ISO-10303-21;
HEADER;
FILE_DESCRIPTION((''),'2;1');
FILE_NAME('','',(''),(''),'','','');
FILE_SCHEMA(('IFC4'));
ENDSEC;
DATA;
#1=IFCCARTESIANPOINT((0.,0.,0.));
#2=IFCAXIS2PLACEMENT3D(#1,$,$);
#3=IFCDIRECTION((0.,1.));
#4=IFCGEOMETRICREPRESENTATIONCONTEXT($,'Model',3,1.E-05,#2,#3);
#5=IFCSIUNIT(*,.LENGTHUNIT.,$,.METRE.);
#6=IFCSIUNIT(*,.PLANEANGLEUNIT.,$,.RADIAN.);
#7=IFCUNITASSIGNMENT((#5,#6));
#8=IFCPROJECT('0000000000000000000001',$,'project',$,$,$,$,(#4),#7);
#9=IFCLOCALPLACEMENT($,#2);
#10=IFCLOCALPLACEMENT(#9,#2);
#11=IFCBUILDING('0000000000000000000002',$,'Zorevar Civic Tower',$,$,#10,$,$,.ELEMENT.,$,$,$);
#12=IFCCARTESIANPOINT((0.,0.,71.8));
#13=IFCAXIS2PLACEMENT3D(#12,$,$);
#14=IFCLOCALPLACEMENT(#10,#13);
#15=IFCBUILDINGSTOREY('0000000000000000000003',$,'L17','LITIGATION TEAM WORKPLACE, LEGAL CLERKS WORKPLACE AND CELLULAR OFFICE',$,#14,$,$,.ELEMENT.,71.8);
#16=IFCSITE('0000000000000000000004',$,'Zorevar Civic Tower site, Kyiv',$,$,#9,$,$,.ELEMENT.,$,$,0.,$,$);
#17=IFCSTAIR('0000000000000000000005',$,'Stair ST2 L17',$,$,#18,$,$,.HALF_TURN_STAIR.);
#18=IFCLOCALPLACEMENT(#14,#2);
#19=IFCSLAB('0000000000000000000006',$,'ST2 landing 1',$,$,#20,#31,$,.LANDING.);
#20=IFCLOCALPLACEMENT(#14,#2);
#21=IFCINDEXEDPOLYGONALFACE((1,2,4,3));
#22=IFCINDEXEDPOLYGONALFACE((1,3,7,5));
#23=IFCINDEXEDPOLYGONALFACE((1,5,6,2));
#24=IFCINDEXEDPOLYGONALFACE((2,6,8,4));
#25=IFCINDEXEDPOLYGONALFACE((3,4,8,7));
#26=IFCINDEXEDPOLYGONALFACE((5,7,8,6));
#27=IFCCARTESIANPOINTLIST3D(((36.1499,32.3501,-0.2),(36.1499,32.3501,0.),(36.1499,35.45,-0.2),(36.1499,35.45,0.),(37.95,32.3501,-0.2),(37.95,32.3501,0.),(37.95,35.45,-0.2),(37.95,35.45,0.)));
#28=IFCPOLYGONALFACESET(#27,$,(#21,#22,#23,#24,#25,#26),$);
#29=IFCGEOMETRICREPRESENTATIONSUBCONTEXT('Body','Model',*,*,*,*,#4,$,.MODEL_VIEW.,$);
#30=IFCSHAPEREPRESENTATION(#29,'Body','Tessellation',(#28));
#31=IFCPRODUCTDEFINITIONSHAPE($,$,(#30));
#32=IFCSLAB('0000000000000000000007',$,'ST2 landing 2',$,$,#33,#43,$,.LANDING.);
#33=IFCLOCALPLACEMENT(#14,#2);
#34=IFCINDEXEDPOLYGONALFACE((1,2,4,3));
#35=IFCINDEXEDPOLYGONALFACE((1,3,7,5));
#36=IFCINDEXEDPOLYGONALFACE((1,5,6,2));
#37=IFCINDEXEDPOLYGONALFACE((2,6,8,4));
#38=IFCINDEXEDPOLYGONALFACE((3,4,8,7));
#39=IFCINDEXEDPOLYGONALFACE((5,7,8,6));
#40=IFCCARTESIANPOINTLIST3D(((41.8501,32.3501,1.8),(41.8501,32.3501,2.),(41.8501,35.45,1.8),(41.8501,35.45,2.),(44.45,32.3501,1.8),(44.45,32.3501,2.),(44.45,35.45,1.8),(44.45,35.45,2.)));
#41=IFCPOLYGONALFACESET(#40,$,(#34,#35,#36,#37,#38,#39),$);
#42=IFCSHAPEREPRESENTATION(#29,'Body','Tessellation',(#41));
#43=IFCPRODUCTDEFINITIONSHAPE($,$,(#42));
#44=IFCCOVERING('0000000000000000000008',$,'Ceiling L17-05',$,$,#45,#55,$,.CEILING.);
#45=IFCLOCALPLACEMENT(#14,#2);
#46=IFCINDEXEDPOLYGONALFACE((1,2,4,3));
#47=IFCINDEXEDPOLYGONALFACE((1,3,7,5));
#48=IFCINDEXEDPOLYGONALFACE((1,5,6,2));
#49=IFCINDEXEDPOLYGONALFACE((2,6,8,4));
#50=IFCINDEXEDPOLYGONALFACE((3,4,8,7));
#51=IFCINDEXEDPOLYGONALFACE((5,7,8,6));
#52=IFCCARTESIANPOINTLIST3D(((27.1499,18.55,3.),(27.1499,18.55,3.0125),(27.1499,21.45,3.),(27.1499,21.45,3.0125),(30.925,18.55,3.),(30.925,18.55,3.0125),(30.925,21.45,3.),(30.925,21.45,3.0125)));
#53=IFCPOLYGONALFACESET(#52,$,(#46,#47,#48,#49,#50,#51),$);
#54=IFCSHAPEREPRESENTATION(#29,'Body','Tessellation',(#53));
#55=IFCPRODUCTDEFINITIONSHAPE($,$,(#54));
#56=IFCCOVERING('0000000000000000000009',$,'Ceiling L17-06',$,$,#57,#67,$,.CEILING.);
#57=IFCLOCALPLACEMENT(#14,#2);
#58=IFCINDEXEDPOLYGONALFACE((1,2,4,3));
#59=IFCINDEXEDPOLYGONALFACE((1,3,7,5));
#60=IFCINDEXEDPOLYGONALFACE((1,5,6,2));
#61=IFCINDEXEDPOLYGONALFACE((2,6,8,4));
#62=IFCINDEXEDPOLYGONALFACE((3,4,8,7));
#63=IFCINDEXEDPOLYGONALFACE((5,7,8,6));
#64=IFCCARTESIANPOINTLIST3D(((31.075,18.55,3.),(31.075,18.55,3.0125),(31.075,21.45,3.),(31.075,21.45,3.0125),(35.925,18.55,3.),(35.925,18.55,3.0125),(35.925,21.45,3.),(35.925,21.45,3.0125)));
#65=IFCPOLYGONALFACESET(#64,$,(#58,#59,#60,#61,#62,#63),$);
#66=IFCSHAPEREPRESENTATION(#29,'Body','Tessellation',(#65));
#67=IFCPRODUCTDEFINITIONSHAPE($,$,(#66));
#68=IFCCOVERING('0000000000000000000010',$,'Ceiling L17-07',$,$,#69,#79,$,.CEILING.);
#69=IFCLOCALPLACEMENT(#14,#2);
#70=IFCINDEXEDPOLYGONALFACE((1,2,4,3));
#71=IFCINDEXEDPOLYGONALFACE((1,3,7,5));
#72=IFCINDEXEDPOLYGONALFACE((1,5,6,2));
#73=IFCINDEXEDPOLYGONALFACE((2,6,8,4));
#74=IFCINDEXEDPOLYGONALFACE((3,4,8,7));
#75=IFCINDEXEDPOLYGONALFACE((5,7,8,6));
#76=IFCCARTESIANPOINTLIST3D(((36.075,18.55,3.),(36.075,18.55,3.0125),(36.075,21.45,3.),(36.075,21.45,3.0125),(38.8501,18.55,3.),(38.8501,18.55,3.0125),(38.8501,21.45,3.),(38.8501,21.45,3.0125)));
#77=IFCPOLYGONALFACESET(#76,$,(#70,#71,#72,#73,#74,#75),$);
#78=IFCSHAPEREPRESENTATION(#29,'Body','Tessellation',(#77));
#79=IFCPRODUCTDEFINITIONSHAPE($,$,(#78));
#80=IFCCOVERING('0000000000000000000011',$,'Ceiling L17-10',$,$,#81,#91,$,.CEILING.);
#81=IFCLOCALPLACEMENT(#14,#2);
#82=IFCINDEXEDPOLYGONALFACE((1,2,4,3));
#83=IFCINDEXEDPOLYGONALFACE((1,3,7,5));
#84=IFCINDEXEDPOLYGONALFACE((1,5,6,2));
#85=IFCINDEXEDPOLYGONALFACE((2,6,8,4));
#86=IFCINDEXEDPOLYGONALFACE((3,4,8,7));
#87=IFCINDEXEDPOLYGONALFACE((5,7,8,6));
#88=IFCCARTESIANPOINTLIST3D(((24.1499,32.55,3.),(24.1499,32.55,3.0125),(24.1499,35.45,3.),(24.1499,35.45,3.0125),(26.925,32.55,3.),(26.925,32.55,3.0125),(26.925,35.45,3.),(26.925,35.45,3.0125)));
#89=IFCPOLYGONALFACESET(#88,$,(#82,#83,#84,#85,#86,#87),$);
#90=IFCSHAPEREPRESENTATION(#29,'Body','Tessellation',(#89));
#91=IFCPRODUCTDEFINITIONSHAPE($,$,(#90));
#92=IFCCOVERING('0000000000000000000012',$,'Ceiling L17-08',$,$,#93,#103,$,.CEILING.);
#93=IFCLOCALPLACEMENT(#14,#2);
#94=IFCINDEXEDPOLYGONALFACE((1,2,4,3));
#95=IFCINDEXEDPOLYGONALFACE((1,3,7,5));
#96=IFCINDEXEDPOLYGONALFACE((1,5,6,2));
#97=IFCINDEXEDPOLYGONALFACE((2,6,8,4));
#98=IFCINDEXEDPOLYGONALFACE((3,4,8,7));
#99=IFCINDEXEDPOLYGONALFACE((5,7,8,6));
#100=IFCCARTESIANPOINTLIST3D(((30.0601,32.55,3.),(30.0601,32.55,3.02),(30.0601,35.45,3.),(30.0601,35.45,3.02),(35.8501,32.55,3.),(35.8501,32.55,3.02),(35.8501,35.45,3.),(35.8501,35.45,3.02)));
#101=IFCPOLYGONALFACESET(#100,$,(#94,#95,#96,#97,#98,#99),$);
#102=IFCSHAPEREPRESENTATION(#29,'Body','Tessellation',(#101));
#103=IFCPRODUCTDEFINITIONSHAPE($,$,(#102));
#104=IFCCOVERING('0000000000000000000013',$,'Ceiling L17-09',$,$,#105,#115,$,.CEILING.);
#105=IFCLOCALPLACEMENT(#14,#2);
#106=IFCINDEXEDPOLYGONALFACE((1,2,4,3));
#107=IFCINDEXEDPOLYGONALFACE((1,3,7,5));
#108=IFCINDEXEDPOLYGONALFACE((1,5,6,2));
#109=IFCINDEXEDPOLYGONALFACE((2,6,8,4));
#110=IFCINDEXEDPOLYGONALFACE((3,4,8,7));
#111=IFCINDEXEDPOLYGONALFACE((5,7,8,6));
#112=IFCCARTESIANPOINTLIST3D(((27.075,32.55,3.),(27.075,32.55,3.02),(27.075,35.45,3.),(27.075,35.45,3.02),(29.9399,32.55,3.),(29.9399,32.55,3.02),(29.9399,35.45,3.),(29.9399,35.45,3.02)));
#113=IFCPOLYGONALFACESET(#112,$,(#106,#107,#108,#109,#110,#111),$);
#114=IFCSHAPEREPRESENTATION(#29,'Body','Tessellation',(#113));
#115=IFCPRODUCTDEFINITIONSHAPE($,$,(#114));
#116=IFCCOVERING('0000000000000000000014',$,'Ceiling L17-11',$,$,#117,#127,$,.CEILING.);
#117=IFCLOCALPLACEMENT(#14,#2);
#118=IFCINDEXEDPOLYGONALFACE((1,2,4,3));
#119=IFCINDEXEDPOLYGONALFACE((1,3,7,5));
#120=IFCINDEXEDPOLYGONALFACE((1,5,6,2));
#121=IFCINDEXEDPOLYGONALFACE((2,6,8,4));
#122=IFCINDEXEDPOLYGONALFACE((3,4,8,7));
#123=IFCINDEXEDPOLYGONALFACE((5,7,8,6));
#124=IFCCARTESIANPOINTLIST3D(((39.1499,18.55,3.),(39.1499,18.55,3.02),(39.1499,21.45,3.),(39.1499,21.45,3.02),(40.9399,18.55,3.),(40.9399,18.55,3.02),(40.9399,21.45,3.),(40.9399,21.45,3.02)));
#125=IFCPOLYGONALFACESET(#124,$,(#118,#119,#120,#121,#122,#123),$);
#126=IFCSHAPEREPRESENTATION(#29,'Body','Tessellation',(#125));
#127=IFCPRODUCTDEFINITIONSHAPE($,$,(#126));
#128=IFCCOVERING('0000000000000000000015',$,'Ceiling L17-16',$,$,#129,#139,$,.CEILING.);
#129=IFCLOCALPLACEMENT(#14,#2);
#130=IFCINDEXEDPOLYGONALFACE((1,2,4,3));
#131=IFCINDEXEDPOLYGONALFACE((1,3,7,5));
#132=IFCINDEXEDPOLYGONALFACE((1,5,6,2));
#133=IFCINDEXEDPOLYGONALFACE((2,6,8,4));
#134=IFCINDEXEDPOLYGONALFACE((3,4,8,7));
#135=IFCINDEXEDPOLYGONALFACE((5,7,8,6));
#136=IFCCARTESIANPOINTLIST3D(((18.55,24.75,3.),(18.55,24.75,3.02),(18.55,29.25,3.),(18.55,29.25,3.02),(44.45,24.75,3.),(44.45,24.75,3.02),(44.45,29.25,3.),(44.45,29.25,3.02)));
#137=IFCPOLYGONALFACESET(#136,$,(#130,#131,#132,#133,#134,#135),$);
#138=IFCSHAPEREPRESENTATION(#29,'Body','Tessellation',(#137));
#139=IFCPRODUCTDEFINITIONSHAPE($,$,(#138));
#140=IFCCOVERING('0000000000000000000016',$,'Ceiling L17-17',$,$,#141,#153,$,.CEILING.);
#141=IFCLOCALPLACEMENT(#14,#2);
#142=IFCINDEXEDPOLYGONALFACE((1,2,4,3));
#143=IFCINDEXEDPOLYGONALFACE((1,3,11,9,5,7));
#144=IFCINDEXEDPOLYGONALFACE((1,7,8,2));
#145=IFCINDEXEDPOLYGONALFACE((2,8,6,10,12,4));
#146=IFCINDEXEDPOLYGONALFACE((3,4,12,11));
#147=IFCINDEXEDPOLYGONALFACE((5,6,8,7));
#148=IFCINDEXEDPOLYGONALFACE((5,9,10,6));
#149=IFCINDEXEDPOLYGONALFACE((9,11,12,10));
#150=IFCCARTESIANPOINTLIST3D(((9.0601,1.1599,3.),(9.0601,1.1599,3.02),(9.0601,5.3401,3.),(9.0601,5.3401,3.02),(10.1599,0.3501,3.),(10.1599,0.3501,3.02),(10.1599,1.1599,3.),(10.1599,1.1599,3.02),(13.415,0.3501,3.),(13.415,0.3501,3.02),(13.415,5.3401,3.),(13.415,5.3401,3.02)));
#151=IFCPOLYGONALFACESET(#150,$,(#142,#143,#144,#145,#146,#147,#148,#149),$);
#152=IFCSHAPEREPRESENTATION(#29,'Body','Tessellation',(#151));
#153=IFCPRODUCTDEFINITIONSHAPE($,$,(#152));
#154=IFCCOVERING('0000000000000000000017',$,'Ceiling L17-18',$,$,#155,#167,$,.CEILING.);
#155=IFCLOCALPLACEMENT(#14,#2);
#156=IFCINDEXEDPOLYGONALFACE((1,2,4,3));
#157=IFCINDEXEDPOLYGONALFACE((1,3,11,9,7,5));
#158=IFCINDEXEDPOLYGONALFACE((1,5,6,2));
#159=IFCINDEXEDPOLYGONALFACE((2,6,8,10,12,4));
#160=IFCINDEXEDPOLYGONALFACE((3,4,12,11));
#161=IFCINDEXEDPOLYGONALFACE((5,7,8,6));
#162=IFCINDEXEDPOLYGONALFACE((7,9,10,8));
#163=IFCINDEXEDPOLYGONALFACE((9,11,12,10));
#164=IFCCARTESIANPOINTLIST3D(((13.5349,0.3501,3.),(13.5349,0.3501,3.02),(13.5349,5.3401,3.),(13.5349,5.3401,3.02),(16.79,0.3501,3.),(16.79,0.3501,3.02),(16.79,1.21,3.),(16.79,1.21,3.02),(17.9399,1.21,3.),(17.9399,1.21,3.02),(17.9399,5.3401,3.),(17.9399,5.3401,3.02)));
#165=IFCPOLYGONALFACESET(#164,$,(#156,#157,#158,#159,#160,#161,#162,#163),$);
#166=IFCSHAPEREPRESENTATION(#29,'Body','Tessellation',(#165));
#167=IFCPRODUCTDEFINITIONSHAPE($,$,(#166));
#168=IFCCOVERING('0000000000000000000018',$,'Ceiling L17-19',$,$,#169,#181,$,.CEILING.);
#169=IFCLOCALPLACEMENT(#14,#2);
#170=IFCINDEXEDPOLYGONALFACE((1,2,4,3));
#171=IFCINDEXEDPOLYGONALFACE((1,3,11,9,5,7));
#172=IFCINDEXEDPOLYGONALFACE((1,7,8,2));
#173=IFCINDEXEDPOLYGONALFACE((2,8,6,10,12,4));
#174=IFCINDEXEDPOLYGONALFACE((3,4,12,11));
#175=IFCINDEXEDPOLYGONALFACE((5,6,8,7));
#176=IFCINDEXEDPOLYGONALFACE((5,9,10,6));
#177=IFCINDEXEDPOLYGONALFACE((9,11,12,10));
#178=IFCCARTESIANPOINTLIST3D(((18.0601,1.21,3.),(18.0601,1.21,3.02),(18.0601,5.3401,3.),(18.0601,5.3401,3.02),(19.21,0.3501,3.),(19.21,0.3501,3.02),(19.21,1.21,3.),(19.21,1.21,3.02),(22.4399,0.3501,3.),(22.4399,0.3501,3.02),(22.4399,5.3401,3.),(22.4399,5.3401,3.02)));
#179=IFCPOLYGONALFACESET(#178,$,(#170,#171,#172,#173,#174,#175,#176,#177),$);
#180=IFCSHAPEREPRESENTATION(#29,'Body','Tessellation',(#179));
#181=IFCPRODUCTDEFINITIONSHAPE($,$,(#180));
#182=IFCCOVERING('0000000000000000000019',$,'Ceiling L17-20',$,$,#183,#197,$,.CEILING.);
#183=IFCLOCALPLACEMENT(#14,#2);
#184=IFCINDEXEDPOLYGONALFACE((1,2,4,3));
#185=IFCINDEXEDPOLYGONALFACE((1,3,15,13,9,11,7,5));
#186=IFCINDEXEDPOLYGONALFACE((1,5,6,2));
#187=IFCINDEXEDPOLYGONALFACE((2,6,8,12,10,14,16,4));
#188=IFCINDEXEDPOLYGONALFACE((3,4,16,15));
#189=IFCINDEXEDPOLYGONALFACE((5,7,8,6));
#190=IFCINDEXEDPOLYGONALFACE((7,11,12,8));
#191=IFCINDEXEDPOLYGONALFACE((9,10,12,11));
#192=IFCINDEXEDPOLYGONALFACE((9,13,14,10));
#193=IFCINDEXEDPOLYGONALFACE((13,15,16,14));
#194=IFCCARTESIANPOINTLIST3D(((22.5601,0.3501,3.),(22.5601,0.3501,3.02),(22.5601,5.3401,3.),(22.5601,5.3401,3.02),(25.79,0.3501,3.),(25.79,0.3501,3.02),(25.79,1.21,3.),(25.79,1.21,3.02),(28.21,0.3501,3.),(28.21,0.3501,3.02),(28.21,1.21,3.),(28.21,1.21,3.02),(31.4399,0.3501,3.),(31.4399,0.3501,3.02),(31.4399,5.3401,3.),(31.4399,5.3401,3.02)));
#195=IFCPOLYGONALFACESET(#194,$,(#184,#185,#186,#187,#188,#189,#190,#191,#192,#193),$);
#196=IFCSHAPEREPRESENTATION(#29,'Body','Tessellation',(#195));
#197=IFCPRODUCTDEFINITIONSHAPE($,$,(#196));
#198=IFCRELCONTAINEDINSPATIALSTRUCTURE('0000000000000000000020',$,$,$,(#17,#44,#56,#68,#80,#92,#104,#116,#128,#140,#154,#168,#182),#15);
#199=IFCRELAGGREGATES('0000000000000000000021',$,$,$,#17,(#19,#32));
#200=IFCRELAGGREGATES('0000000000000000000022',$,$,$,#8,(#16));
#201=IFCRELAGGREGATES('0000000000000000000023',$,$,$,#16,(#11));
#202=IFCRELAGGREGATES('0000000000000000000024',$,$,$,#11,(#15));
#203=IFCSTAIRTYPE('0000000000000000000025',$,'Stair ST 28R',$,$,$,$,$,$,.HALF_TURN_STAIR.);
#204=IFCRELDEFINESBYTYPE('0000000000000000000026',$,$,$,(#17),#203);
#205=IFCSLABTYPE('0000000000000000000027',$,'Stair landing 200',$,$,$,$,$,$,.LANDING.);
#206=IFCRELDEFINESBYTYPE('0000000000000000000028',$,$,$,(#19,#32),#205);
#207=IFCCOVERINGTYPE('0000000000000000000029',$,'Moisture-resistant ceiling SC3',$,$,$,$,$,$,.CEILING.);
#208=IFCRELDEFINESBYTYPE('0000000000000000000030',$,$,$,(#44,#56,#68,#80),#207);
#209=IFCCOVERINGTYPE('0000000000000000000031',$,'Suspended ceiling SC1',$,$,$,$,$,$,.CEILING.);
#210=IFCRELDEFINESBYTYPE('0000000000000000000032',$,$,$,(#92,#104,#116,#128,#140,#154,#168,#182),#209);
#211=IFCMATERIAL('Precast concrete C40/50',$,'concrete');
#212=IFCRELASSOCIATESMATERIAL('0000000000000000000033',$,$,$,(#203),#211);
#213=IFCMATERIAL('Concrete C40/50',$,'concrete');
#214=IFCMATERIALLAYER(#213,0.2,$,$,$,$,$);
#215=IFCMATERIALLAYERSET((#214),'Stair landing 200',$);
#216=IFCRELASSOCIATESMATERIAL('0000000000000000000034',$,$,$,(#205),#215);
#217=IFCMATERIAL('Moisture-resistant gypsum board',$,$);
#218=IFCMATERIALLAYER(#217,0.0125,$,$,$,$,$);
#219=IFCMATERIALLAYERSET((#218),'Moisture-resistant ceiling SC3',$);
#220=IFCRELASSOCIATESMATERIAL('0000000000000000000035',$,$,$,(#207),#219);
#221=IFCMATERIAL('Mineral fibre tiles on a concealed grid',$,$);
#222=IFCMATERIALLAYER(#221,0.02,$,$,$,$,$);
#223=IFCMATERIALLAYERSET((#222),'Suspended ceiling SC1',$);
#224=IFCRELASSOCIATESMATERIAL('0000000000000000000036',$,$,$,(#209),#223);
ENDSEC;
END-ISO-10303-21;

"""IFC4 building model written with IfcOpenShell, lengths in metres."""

from ifc_helpers import new_model, si_unit, direction, frame, origin, place, context, subcontext, project, spatial, polyline, outline, extrude, material, layer, layer_set, type_object, element, aggregate, save


model = new_model("IFC4")

# Units and contexts
model_context = context("Model", 3, precision=1e-05, world=origin(), true_north=direction((0.0, 1.0)))
body_context = subcontext(model_context, "Body", "Model", "MODEL_VIEW")
ifc_project = project(units=[si_unit("LENGTHUNIT", "METRE"), si_unit("PLANEANGLEUNIT", "RADIAN")], contexts=[model_context])

# Site, building, storey
site_placement = place(None, origin())
site = spatial("IfcSite", under=ifc_project, at=site_placement, Name="Zorevar Civic Tower site, Kyiv", CompositionType="ELEMENT", RefElevation=0.0)
building_placement = place(site_placement, origin())
building = spatial("IfcBuilding", under=site, at=building_placement, Name="Zorevar Civic Tower", CompositionType="ELEMENT")
storey_placement = place(building_placement, frame((0.0, 0.0, 71.8)))
storey = spatial("IfcBuildingStorey", under=building, at=storey_placement, Name="L17", Description="LITIGATION TEAM WORKPLACE, LEGAL CLERKS WORKPLACE AND CELLULAR OFFICE", CompositionType="ELEMENT", Elevation=71.8)

# Stair, slabs
ifc_material_1 = material(Name="Precast concrete C40/50", Category="concrete")
stair_type = type_object("IfcStairType", Name="Stair ST 28R", PredefinedType="HALF_TURN_STAIR", material=ifc_material_1)
ifc_material_2 = material(Name="Concrete C40/50", Category="concrete")
ifc_layer_1 = layer(ifc_material_2, 0.2)
ifc_layer_set_1 = layer_set([ifc_layer_1], Name="Stair landing 200")
slab_type_1 = type_object("IfcSlabType", Name="Stair landing 200", PredefinedType="LANDING", material=ifc_layer_set_1)
stair_1_placement = place(storey_placement, origin())
stair_1 = element("IfcStair", 1, at=stair_1_placement, inside=storey, type_object=stair_type, Name="Stair ST2 L17", PredefinedType="HALF_TURN_STAIR")
slab_1_placement = place(storey_placement, frame((0.0, 0.0, -0.2)))
slab_1 = element("IfcSlab", 2, at=slab_1_placement, type_object=slab_type_1, Name="ST2 landing 1", PredefinedType="LANDING", context=body_context, shape_type="SweptSolid", body=[
    extrude(outline(polyline([(37.95, 32.3501), (36.1499, 32.3501), (36.1499, 35.45), (37.95, 35.45), (37.95, 32.3501)])), origin(), (0.0, 0.0, 1.0), 0.2),
])
slab_2_placement = place(storey_placement, frame((0.0, 0.0, 1.8)))
slab_2 = element("IfcSlab", 3, at=slab_2_placement, type_object=slab_type_1, Name="ST2 landing 2", PredefinedType="LANDING", context=body_context, shape_type="SweptSolid", body=[
    extrude(outline(polyline([(44.45, 32.3501), (41.8501, 32.3501), (41.8501, 35.45), (44.45, 35.45), (44.45, 32.3501)])), origin(), (0.0, 0.0, 1.0), 0.2),
])
aggregate(stair_1, [slab_1, slab_2])

# Coverings
ifc_material_3 = material(Name="Moisture-resistant gypsum board")
ifc_layer_2 = layer(ifc_material_3, 0.0125)
ifc_layer_set_2 = layer_set([ifc_layer_2], Name="Moisture-resistant ceiling SC3")
covering_type_1 = type_object("IfcCoveringType", Name="Moisture-resistant ceiling SC3", PredefinedType="CEILING", material=ifc_layer_set_2)
covering_1_placement = place(storey_placement, frame((0.0, 0.0, 3.0)))
element("IfcCovering", 4, at=covering_1_placement, inside=storey, type_object=covering_type_1, Name="Ceiling L17-05", PredefinedType="CEILING", context=body_context, shape_type="SweptSolid", body=[
    extrude(outline(polyline([(30.925, 18.55), (30.925, 21.45), (27.1499, 21.45), (27.1499, 18.55), (30.925, 18.55)])), origin(), (0.0, 0.0, 1.0), 0.0125),
])
covering_2_placement = place(storey_placement, frame((0.0, 0.0, 3.0)))
element("IfcCovering", 5, at=covering_2_placement, inside=storey, type_object=covering_type_1, Name="Ceiling L17-06", PredefinedType="CEILING", context=body_context, shape_type="SweptSolid", body=[
    extrude(outline(polyline([(35.925, 18.55), (35.925, 21.45), (31.075, 21.45), (31.075, 18.55), (35.925, 18.55)])), origin(), (0.0, 0.0, 1.0), 0.0125),
])
covering_3_placement = place(storey_placement, frame((0.0, 0.0, 3.0)))
element("IfcCovering", 6, at=covering_3_placement, inside=storey, type_object=covering_type_1, Name="Ceiling L17-07", PredefinedType="CEILING", context=body_context, shape_type="SweptSolid", body=[
    extrude(outline(polyline([(38.8501, 18.55), (38.8501, 21.45), (36.075, 21.45), (36.075, 18.55), (38.8501, 18.55)])), origin(), (0.0, 0.0, 1.0), 0.0125),
])
covering_4_placement = place(storey_placement, frame((0.0, 0.0, 3.0)))
element("IfcCovering", 7, at=covering_4_placement, inside=storey, type_object=covering_type_1, Name="Ceiling L17-10", PredefinedType="CEILING", context=body_context, shape_type="SweptSolid", body=[
    extrude(outline(polyline([(26.925, 32.55), (26.925, 35.45), (24.1499, 35.45), (24.1499, 32.55), (26.925, 32.55)])), origin(), (0.0, 0.0, 1.0), 0.0125),
])
ifc_material_4 = material(Name="Mineral fibre tiles on a concealed grid")
ifc_layer_3 = layer(ifc_material_4, 0.02)
ifc_layer_set_3 = layer_set([ifc_layer_3], Name="Suspended ceiling SC1")
covering_type_2 = type_object("IfcCoveringType", Name="Suspended ceiling SC1", PredefinedType="CEILING", material=ifc_layer_set_3)
covering_5_placement = place(storey_placement, frame((0.0, 0.0, 3.0)))
element("IfcCovering", 8, at=covering_5_placement, inside=storey, type_object=covering_type_2, Name="Ceiling L17-08", PredefinedType="CEILING", context=body_context, shape_type="SweptSolid", body=[
    extrude(outline(polyline([(35.8501, 32.55), (35.8501, 35.45), (30.0601, 35.45), (30.0601, 32.55), (35.8501, 32.55)])), origin(), (0.0, 0.0, 1.0), 0.02),
])
covering_6_placement = place(storey_placement, frame((0.0, 0.0, 3.0)))
element("IfcCovering", 9, at=covering_6_placement, inside=storey, type_object=covering_type_2, Name="Ceiling L17-09", PredefinedType="CEILING", context=body_context, shape_type="SweptSolid", body=[
    extrude(outline(polyline([(29.9399, 32.55), (29.9399, 35.45), (27.075, 35.45), (27.075, 32.55), (29.9399, 32.55)])), origin(), (0.0, 0.0, 1.0), 0.02),
])
covering_7_placement = place(storey_placement, frame((0.0, 0.0, 3.0)))
element("IfcCovering", 10, at=covering_7_placement, inside=storey, type_object=covering_type_2, Name="Ceiling L17-11", PredefinedType="CEILING", context=body_context, shape_type="SweptSolid", body=[
    extrude(outline(polyline([(40.9399, 18.55), (40.9399, 21.45), (39.1499, 21.45), (39.1499, 18.55), (40.9399, 18.55)])), origin(), (0.0, 0.0, 1.0), 0.02),
])
covering_8_placement = place(storey_placement, frame((0.0, 0.0, 3.0)))
element("IfcCovering", 11, at=covering_8_placement, inside=storey, type_object=covering_type_2, Name="Ceiling L17-16", PredefinedType="CEILING", context=body_context, shape_type="SweptSolid", body=[
    extrude(outline(polyline([(44.45, 24.75), (44.45, 29.25), (18.55, 29.25), (18.55, 24.75), (44.45, 24.75)])), origin(), (0.0, 0.0, 1.0), 0.02),
])
covering_9_placement = place(storey_placement, frame((0.0, 0.0, 3.0)))
element("IfcCovering", 12, at=covering_9_placement, inside=storey, type_object=covering_type_2, Name="Ceiling L17-17", PredefinedType="CEILING", context=body_context, shape_type="SweptSolid", body=[
    extrude(outline(polyline([(13.415, 5.3401), (13.415, 0.3501), (10.1599, 0.3501), (10.1599, 1.1599), (9.0601, 1.1599), (9.0601, 5.3401), (13.415, 5.3401)])), origin(), (0.0, 0.0, 1.0), 0.02),
])
covering_10_placement = place(storey_placement, frame((0.0, 0.0, 3.0)))
element("IfcCovering", 13, at=covering_10_placement, inside=storey, type_object=covering_type_2, Name="Ceiling L17-18", PredefinedType="CEILING", context=body_context, shape_type="SweptSolid", body=[
    extrude(outline(polyline([(17.9399, 5.3401), (17.9399, 1.21), (16.79, 1.21), (16.79, 0.3501), (13.5349, 0.3501), (13.5349, 5.3401), (17.9399, 5.3401)])), origin(), (0.0, 0.0, 1.0), 0.02),
])
covering_11_placement = place(storey_placement, frame((0.0, 0.0, 3.0)))
element("IfcCovering", 14, at=covering_11_placement, inside=storey, type_object=covering_type_2, Name="Ceiling L17-19", PredefinedType="CEILING", context=body_context, shape_type="SweptSolid", body=[
    extrude(outline(polyline([(22.4399, 5.3401), (22.4399, 0.3501), (19.21, 0.3501), (19.21, 1.21), (18.0601, 1.21), (18.0601, 5.3401), (22.4399, 5.3401)])), origin(), (0.0, 0.0, 1.0), 0.02),
])
covering_12_placement = place(storey_placement, frame((0.0, 0.0, 3.0)))
element("IfcCovering", 15, at=covering_12_placement, inside=storey, type_object=covering_type_2, Name="Ceiling L17-20", PredefinedType="CEILING", context=body_context, shape_type="SweptSolid", body=[
    extrude(outline(polyline([(31.4399, 5.3401), (31.4399, 0.3501), (28.21, 0.3501), (28.21, 1.21), (25.79, 1.21), (25.79, 0.3501), (22.5601, 0.3501), (22.5601, 5.3401), (31.4399, 5.3401)])), origin(), (0.0, 0.0, 1.0), 0.02),
])

save(model, "model.ifc")
